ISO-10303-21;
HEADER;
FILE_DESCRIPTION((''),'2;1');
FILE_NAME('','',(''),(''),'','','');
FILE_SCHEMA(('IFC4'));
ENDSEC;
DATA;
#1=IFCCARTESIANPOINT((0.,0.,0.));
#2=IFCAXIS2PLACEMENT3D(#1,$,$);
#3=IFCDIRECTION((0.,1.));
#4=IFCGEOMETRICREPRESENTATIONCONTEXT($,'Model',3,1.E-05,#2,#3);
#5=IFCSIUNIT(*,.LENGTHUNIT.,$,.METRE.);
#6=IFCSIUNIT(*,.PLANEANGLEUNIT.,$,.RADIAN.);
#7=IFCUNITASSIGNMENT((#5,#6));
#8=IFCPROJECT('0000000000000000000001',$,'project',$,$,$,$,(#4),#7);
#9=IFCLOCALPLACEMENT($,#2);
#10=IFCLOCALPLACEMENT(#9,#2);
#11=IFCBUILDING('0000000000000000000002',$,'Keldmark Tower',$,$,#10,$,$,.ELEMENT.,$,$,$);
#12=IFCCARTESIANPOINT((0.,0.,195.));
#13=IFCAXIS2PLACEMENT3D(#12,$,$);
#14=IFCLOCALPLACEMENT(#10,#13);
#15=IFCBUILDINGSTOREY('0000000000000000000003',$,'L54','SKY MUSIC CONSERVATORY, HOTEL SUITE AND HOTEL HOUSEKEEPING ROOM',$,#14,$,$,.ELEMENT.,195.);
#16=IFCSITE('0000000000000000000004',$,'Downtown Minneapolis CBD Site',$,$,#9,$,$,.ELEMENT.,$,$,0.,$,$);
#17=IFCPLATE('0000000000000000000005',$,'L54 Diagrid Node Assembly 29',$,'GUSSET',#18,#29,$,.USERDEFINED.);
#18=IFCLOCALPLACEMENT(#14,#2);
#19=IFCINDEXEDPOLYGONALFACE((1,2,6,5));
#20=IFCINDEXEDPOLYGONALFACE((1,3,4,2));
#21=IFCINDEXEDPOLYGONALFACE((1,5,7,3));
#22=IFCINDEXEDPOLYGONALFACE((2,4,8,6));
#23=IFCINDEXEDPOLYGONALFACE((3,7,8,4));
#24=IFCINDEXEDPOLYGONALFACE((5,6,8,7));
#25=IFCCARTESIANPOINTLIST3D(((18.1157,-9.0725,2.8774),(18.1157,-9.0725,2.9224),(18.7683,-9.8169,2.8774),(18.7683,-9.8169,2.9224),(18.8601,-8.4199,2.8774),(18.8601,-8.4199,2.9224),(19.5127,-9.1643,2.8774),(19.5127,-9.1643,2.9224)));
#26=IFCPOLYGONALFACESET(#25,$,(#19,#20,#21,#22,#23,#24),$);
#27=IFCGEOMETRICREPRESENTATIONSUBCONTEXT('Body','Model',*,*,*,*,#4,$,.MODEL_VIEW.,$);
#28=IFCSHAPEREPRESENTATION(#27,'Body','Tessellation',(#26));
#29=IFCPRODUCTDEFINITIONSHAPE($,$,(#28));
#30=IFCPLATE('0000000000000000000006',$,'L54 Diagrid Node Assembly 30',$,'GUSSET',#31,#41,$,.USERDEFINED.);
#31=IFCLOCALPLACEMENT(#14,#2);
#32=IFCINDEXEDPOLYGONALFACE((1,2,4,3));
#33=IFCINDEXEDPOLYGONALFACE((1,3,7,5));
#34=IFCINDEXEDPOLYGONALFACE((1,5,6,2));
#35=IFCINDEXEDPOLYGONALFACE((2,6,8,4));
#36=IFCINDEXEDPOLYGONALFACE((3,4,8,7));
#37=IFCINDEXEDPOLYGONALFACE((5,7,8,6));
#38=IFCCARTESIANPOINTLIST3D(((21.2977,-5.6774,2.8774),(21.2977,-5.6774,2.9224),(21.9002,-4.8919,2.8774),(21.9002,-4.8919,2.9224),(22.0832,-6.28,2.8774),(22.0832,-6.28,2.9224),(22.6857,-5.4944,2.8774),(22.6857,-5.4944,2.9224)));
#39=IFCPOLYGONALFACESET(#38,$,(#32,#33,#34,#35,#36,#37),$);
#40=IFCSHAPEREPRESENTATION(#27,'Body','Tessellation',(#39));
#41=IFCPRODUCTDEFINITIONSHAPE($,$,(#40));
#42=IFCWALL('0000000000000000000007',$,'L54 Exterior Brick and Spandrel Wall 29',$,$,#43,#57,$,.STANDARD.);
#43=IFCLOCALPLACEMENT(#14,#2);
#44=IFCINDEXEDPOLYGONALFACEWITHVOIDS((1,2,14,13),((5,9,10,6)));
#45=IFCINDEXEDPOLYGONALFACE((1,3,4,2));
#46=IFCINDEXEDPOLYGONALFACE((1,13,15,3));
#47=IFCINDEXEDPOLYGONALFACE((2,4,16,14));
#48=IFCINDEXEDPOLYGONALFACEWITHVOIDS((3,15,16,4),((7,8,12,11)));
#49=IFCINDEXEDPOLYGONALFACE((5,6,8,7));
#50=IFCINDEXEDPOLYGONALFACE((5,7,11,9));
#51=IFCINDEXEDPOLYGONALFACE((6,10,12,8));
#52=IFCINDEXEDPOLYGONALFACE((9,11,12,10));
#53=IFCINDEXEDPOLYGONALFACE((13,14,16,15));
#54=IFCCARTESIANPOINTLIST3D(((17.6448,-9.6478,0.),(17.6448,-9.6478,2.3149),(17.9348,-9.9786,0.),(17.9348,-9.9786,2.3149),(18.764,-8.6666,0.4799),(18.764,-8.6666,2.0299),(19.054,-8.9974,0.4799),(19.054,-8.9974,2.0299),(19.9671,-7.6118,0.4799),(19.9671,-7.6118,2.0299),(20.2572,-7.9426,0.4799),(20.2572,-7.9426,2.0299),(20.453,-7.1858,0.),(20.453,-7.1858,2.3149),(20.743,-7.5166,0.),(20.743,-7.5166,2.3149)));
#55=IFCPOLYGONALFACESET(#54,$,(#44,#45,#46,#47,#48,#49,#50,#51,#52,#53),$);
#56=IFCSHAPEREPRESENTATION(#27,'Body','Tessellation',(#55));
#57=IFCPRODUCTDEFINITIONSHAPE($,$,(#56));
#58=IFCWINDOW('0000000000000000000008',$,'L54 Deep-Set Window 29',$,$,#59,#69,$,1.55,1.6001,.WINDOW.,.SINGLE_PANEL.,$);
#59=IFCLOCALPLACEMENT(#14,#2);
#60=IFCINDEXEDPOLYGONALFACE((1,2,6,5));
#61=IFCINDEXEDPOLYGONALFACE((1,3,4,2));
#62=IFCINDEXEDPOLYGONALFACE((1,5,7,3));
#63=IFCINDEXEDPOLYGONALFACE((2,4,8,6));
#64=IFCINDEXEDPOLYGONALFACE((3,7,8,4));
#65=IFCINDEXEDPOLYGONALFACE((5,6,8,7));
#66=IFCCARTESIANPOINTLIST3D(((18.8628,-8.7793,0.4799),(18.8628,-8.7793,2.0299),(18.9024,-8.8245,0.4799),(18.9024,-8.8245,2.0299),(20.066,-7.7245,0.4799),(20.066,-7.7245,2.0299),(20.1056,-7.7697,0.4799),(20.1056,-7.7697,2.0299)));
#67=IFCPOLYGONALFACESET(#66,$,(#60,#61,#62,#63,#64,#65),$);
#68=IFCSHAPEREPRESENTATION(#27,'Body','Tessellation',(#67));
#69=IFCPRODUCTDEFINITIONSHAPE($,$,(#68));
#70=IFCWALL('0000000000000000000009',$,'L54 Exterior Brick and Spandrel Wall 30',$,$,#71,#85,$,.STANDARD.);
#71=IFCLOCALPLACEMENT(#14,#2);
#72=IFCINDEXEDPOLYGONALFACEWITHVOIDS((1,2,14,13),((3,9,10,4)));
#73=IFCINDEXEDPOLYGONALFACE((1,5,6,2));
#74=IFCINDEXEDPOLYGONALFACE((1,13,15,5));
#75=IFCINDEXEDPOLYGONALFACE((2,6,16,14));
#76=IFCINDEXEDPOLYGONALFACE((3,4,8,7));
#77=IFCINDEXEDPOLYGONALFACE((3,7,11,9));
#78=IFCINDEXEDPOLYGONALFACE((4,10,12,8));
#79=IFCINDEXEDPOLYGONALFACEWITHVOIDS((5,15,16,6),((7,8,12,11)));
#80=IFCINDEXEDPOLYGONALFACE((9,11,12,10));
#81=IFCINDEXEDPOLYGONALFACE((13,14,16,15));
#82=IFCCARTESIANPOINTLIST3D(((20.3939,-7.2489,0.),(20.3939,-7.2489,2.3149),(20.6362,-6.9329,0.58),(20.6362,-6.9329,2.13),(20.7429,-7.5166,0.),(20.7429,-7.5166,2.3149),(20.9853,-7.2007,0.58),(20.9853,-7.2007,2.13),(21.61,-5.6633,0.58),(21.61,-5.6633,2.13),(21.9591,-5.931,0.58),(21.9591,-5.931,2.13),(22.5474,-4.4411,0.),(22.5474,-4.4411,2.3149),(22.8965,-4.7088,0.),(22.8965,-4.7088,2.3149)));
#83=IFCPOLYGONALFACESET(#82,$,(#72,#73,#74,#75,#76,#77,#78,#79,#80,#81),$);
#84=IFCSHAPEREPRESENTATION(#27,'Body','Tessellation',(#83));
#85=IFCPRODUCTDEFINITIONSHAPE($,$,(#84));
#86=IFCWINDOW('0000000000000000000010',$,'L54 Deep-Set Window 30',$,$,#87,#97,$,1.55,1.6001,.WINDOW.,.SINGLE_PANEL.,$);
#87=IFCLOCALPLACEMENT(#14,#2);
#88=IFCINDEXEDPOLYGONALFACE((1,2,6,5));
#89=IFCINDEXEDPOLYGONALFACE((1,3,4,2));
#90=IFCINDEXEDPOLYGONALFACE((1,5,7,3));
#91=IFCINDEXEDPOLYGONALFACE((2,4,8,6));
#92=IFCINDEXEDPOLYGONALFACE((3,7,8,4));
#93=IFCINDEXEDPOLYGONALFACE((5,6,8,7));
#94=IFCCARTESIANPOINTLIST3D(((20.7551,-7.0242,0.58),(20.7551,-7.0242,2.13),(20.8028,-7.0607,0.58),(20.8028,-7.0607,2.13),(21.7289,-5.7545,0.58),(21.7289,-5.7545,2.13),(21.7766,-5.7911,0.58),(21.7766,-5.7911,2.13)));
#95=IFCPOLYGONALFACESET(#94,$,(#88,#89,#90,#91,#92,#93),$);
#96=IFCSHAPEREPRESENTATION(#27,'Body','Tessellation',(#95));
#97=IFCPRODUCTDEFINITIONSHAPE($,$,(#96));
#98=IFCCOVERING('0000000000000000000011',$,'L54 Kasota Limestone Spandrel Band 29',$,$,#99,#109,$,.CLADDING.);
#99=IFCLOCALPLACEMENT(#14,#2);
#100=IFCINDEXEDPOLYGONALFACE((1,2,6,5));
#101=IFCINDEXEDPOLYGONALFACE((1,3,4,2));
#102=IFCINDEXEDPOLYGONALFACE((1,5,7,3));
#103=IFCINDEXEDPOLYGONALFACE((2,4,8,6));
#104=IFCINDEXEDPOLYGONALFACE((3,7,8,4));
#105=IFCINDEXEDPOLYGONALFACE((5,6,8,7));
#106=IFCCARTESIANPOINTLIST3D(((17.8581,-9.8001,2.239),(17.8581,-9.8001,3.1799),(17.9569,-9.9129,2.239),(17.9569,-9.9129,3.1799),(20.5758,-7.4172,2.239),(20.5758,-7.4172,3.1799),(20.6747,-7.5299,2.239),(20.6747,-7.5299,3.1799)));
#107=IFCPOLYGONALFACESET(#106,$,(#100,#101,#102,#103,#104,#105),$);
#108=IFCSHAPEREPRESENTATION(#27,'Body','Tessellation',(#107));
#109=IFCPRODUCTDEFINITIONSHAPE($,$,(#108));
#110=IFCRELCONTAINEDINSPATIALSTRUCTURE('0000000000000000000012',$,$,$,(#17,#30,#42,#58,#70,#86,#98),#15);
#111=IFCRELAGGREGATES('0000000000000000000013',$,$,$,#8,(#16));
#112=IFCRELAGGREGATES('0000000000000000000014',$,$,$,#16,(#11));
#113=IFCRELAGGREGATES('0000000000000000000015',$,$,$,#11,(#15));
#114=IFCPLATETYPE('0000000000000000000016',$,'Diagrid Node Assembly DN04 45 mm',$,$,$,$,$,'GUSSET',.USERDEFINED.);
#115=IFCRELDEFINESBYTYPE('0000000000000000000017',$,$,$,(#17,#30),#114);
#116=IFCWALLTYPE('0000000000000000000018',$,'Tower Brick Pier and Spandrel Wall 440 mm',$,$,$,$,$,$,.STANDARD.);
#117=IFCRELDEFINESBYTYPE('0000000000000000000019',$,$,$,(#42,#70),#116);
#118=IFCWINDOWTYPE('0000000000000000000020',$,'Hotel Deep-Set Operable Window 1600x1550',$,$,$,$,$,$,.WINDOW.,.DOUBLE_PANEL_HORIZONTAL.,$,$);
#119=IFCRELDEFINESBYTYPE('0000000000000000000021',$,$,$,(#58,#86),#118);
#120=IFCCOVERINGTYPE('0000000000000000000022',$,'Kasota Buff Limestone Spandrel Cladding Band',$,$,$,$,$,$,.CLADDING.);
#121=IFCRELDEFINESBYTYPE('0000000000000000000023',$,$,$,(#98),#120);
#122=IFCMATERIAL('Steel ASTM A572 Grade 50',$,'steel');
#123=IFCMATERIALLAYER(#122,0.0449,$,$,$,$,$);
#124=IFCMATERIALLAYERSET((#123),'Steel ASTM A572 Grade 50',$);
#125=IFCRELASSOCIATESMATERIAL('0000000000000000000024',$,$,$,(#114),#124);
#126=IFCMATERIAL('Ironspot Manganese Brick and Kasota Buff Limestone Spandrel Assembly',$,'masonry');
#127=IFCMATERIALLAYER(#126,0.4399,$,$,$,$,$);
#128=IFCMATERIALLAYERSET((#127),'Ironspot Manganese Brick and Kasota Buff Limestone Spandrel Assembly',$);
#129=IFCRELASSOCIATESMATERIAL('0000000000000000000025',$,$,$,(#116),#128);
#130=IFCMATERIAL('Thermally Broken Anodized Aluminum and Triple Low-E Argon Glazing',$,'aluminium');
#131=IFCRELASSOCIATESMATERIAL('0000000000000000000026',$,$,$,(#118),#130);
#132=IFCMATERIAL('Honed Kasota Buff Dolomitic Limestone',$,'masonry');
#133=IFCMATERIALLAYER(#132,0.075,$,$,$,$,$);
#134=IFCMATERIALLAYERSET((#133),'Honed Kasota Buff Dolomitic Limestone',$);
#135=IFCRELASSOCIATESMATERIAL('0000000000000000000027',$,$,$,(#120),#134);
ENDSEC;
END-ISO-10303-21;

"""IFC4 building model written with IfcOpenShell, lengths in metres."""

from ifc_helpers import new_model, si_unit, direction, frame, frame_2d, origin, origin_2d, place, context, subcontext, project, spatial, rectangle, extrude, material, layer, layer_set, type_object, element, fill, save


model = new_model("IFC4")

# Units and contexts
model_context = context("Model", 3, precision=1e-05, world=origin(), true_north=direction((0.0, 1.0)))
body_context = subcontext(model_context, "Body", "Model", "MODEL_VIEW")
ifc_project = project(units=[si_unit("LENGTHUNIT", "METRE"), si_unit("PLANEANGLEUNIT", "RADIAN")], contexts=[model_context])

# Site, building, storey
site_placement = place(None, origin())
site = spatial("IfcSite", under=ifc_project, at=site_placement, Name="Downtown Minneapolis CBD Site", CompositionType="ELEMENT", RefElevation=0.0)
building_placement = place(site_placement, origin())
building = spatial("IfcBuilding", under=site, at=building_placement, Name="Keldmark Tower", CompositionType="ELEMENT")
storey_placement = place(building_placement, frame((0.0, 0.0, 195.0)))
storey = spatial("IfcBuildingStorey", under=building, at=storey_placement, Name="L54", Description="SKY MUSIC CONSERVATORY, HOTEL SUITE AND HOTEL HOUSEKEEPING ROOM", CompositionType="ELEMENT", Elevation=195.0)

# Plates
ifc_material_1 = material(Name="Steel ASTM A572 Grade 50", Category="steel")
ifc_layer_1 = layer(ifc_material_1, 0.0449)
ifc_layer_set_1 = layer_set([ifc_layer_1], Name="Steel ASTM A572 Grade 50")
plate_type = type_object("IfcPlateType", Name="Diagrid Node Assembly DN04 45 mm", ElementType="GUSSET", PredefinedType="USERDEFINED", material=ifc_layer_set_1)
for number, where, z_axis, x_axis, name in (
    (1, (18.8142, -9.1184, 2.8774), (0.0, 0.0, 1.0), (0.751955, 0.659215, 0.0), "L54 Diagrid Node Assembly 29"),
    (2, (21.9917, -5.5859, 2.8774), (0.0, 0.0, 1.0), (0.608623, 0.79346, 0.0), "L54 Diagrid Node Assembly 30"),
):
    element("IfcPlate", number, at=place(storey_placement, frame(where, z_axis=z_axis, x_axis=x_axis)), inside=storey, type_object=plate_type, Name=name, ObjectType="GUSSET", PredefinedType="USERDEFINED", context=body_context, shape_type="SweptSolid", body=[
        extrude(rectangle(XDim=0.99, YDim=0.99, at=origin_2d()), origin(), (0.0, 0.0, 1.0), 0.0449),
    ])

# Walls, openings, windows
ifc_material_2 = material(Name="Ironspot Manganese Brick and Kasota Buff Limestone Spandrel Assembly", Category="masonry")
ifc_layer_2 = layer(ifc_material_2, 0.4399)
ifc_layer_set_2 = layer_set([ifc_layer_2], Name="Ironspot Manganese Brick and Kasota Buff Limestone Spandrel Assembly")
wall_type = type_object("IfcWallType", Name="Tower Brick Pier and Spandrel Wall 440 mm", PredefinedType="STANDARD", material=ifc_layer_set_2)
wall_1_placement = place(storey_placement, frame((20.5979, -7.3513, 0.0), z_axis=(0.0, 0.0, 1.0), x_axis=(-0.751936, -0.659236, 0.0)))
wall_1 = element("IfcWall", 3, at=wall_1_placement, inside=storey, type_object=wall_type, Name="L54 Exterior Brick and Spandrel Wall 29", PredefinedType="STANDARD", context=body_context, shape_type="SweptSolid", body=[
    extrude(rectangle(XDim=3.7346, YDim=0.4399, at=frame_2d((1.8672, 0.0))), origin(), (0.0, 0.0, 1.0), 2.3149),
])
opening_1_placement = place(wall_1_placement, frame((0.646, 0.0, 0.48)))
opening_1 = element("IfcOpeningElement", 4, at=opening_1_placement, cuts=wall_1, PredefinedType="OPENING", context=body_context, shape_type="SweptSolid", body=[
    extrude(rectangle(XDim=1.6001, YDim=1.55, at=frame_2d((0.8, 0.7749))), frame((0.0, 0.23, 0.0), z_axis=(0.0, -1.0, 0.0), x_axis=(1.0, 0.0, 0.0)), (0.0, 0.0, 1.0), 0.46),
])
ifc_material_3 = material(Name="Thermally Broken Anodized Aluminum and Triple Low-E Argon Glazing", Category="aluminium")
window_type = type_object("IfcWindowType", Name="Hotel Deep-Set Operable Window 1600x1550", PartitioningType="DOUBLE_PANEL_HORIZONTAL", PredefinedType="WINDOW", material=ifc_material_3)
window_1_placement = place(opening_1_placement, origin())
window_1 = element("IfcWindow", 5, at=window_1_placement, inside=storey, type_object=window_type, Name="L54 Deep-Set Window 29", OverallHeight=1.55, OverallWidth=1.6001, PartitioningType="SINGLE_PANEL", PredefinedType="WINDOW", context=body_context, shape_type="SweptSolid", body=[
    extrude(rectangle(XDim=1.6001, YDim=1.55, at=frame_2d((0.8, 0.7749))), frame((0.0, -0.01, 0.0), z_axis=(0.0, -1.0, 0.0), x_axis=(1.0, 0.0, 0.0)), (0.0, 0.0, 1.0), 0.0601),
])
fill(opening_1, window_1)
wall_2_placement = place(storey_placement, frame((22.7219, -4.575, 0.0), z_axis=(0.0, 0.0, 1.0), x_axis=(-0.608587, -0.793488, 0.0)))
wall_2 = element("IfcWall", 6, at=wall_2_placement, inside=storey, type_object=wall_type, Name="L54 Exterior Brick and Spandrel Wall 30", PredefinedType="STANDARD", context=body_context, shape_type="SweptSolid", body=[
    extrude(rectangle(XDim=3.5386, YDim=0.4399, at=frame_2d((1.7693, 0.0))), origin(), (0.0, 0.0, 1.0), 2.3149),
])
opening_2_placement = place(wall_2_placement, frame((1.5403, 0.0, 0.5801)))
opening_2 = element("IfcOpeningElement", 7, at=opening_2_placement, cuts=wall_2, PredefinedType="OPENING", context=body_context, shape_type="SweptSolid", body=[
    extrude(rectangle(XDim=1.6001, YDim=1.55, at=frame_2d((0.8, 0.7749))), frame((0.0, 0.23, 0.0), z_axis=(0.0, -1.0, 0.0), x_axis=(1.0, 0.0, 0.0)), (0.0, 0.0, 1.0), 0.46),
])
window_2_placement = place(opening_2_placement, origin())
window_2 = element("IfcWindow", 8, at=window_2_placement, inside=storey, type_object=window_type, Name="L54 Deep-Set Window 30", OverallHeight=1.55, OverallWidth=1.6001, PartitioningType="SINGLE_PANEL", PredefinedType="WINDOW", context=body_context, shape_type="SweptSolid", body=[
    extrude(rectangle(XDim=1.6001, YDim=1.55, at=frame_2d((0.8, 0.7749))), frame((0.0, -0.01, 0.0), z_axis=(0.0, -1.0, 0.0), x_axis=(1.0, 0.0, 0.0)), (0.0, 0.0, 1.0), 0.0601),
])
fill(opening_2, window_2)

# Covering
ifc_material_4 = material(Name="Honed Kasota Buff Dolomitic Limestone", Category="masonry")
ifc_layer_3 = layer(ifc_material_4, 0.075)
ifc_layer_set_3 = layer_set([ifc_layer_3], Name="Honed Kasota Buff Dolomitic Limestone")
covering_type = type_object("IfcCoveringType", Name="Kasota Buff Limestone Spandrel Cladding Band", PredefinedType="CLADDING", material=ifc_layer_set_3)
covering_placement = place(storey_placement, frame((19.2664, -8.665, 2.239), z_axis=(0.0, 0.0, 1.0), x_axis=(0.751909, 0.659267, 0.0)))
element("IfcCovering", 9, at=covering_placement, inside=storey, type_object=covering_type, Name="L54 Kasota Limestone Spandrel Band 29", PredefinedType="CLADDING", context=body_context, shape_type="SweptSolid", body=[
    extrude(rectangle(XDim=3.6145, YDim=0.1499, at=origin_2d()), origin(), (0.0, 0.0, 1.0), 0.9409),
])

save(model, "model.ifc")
